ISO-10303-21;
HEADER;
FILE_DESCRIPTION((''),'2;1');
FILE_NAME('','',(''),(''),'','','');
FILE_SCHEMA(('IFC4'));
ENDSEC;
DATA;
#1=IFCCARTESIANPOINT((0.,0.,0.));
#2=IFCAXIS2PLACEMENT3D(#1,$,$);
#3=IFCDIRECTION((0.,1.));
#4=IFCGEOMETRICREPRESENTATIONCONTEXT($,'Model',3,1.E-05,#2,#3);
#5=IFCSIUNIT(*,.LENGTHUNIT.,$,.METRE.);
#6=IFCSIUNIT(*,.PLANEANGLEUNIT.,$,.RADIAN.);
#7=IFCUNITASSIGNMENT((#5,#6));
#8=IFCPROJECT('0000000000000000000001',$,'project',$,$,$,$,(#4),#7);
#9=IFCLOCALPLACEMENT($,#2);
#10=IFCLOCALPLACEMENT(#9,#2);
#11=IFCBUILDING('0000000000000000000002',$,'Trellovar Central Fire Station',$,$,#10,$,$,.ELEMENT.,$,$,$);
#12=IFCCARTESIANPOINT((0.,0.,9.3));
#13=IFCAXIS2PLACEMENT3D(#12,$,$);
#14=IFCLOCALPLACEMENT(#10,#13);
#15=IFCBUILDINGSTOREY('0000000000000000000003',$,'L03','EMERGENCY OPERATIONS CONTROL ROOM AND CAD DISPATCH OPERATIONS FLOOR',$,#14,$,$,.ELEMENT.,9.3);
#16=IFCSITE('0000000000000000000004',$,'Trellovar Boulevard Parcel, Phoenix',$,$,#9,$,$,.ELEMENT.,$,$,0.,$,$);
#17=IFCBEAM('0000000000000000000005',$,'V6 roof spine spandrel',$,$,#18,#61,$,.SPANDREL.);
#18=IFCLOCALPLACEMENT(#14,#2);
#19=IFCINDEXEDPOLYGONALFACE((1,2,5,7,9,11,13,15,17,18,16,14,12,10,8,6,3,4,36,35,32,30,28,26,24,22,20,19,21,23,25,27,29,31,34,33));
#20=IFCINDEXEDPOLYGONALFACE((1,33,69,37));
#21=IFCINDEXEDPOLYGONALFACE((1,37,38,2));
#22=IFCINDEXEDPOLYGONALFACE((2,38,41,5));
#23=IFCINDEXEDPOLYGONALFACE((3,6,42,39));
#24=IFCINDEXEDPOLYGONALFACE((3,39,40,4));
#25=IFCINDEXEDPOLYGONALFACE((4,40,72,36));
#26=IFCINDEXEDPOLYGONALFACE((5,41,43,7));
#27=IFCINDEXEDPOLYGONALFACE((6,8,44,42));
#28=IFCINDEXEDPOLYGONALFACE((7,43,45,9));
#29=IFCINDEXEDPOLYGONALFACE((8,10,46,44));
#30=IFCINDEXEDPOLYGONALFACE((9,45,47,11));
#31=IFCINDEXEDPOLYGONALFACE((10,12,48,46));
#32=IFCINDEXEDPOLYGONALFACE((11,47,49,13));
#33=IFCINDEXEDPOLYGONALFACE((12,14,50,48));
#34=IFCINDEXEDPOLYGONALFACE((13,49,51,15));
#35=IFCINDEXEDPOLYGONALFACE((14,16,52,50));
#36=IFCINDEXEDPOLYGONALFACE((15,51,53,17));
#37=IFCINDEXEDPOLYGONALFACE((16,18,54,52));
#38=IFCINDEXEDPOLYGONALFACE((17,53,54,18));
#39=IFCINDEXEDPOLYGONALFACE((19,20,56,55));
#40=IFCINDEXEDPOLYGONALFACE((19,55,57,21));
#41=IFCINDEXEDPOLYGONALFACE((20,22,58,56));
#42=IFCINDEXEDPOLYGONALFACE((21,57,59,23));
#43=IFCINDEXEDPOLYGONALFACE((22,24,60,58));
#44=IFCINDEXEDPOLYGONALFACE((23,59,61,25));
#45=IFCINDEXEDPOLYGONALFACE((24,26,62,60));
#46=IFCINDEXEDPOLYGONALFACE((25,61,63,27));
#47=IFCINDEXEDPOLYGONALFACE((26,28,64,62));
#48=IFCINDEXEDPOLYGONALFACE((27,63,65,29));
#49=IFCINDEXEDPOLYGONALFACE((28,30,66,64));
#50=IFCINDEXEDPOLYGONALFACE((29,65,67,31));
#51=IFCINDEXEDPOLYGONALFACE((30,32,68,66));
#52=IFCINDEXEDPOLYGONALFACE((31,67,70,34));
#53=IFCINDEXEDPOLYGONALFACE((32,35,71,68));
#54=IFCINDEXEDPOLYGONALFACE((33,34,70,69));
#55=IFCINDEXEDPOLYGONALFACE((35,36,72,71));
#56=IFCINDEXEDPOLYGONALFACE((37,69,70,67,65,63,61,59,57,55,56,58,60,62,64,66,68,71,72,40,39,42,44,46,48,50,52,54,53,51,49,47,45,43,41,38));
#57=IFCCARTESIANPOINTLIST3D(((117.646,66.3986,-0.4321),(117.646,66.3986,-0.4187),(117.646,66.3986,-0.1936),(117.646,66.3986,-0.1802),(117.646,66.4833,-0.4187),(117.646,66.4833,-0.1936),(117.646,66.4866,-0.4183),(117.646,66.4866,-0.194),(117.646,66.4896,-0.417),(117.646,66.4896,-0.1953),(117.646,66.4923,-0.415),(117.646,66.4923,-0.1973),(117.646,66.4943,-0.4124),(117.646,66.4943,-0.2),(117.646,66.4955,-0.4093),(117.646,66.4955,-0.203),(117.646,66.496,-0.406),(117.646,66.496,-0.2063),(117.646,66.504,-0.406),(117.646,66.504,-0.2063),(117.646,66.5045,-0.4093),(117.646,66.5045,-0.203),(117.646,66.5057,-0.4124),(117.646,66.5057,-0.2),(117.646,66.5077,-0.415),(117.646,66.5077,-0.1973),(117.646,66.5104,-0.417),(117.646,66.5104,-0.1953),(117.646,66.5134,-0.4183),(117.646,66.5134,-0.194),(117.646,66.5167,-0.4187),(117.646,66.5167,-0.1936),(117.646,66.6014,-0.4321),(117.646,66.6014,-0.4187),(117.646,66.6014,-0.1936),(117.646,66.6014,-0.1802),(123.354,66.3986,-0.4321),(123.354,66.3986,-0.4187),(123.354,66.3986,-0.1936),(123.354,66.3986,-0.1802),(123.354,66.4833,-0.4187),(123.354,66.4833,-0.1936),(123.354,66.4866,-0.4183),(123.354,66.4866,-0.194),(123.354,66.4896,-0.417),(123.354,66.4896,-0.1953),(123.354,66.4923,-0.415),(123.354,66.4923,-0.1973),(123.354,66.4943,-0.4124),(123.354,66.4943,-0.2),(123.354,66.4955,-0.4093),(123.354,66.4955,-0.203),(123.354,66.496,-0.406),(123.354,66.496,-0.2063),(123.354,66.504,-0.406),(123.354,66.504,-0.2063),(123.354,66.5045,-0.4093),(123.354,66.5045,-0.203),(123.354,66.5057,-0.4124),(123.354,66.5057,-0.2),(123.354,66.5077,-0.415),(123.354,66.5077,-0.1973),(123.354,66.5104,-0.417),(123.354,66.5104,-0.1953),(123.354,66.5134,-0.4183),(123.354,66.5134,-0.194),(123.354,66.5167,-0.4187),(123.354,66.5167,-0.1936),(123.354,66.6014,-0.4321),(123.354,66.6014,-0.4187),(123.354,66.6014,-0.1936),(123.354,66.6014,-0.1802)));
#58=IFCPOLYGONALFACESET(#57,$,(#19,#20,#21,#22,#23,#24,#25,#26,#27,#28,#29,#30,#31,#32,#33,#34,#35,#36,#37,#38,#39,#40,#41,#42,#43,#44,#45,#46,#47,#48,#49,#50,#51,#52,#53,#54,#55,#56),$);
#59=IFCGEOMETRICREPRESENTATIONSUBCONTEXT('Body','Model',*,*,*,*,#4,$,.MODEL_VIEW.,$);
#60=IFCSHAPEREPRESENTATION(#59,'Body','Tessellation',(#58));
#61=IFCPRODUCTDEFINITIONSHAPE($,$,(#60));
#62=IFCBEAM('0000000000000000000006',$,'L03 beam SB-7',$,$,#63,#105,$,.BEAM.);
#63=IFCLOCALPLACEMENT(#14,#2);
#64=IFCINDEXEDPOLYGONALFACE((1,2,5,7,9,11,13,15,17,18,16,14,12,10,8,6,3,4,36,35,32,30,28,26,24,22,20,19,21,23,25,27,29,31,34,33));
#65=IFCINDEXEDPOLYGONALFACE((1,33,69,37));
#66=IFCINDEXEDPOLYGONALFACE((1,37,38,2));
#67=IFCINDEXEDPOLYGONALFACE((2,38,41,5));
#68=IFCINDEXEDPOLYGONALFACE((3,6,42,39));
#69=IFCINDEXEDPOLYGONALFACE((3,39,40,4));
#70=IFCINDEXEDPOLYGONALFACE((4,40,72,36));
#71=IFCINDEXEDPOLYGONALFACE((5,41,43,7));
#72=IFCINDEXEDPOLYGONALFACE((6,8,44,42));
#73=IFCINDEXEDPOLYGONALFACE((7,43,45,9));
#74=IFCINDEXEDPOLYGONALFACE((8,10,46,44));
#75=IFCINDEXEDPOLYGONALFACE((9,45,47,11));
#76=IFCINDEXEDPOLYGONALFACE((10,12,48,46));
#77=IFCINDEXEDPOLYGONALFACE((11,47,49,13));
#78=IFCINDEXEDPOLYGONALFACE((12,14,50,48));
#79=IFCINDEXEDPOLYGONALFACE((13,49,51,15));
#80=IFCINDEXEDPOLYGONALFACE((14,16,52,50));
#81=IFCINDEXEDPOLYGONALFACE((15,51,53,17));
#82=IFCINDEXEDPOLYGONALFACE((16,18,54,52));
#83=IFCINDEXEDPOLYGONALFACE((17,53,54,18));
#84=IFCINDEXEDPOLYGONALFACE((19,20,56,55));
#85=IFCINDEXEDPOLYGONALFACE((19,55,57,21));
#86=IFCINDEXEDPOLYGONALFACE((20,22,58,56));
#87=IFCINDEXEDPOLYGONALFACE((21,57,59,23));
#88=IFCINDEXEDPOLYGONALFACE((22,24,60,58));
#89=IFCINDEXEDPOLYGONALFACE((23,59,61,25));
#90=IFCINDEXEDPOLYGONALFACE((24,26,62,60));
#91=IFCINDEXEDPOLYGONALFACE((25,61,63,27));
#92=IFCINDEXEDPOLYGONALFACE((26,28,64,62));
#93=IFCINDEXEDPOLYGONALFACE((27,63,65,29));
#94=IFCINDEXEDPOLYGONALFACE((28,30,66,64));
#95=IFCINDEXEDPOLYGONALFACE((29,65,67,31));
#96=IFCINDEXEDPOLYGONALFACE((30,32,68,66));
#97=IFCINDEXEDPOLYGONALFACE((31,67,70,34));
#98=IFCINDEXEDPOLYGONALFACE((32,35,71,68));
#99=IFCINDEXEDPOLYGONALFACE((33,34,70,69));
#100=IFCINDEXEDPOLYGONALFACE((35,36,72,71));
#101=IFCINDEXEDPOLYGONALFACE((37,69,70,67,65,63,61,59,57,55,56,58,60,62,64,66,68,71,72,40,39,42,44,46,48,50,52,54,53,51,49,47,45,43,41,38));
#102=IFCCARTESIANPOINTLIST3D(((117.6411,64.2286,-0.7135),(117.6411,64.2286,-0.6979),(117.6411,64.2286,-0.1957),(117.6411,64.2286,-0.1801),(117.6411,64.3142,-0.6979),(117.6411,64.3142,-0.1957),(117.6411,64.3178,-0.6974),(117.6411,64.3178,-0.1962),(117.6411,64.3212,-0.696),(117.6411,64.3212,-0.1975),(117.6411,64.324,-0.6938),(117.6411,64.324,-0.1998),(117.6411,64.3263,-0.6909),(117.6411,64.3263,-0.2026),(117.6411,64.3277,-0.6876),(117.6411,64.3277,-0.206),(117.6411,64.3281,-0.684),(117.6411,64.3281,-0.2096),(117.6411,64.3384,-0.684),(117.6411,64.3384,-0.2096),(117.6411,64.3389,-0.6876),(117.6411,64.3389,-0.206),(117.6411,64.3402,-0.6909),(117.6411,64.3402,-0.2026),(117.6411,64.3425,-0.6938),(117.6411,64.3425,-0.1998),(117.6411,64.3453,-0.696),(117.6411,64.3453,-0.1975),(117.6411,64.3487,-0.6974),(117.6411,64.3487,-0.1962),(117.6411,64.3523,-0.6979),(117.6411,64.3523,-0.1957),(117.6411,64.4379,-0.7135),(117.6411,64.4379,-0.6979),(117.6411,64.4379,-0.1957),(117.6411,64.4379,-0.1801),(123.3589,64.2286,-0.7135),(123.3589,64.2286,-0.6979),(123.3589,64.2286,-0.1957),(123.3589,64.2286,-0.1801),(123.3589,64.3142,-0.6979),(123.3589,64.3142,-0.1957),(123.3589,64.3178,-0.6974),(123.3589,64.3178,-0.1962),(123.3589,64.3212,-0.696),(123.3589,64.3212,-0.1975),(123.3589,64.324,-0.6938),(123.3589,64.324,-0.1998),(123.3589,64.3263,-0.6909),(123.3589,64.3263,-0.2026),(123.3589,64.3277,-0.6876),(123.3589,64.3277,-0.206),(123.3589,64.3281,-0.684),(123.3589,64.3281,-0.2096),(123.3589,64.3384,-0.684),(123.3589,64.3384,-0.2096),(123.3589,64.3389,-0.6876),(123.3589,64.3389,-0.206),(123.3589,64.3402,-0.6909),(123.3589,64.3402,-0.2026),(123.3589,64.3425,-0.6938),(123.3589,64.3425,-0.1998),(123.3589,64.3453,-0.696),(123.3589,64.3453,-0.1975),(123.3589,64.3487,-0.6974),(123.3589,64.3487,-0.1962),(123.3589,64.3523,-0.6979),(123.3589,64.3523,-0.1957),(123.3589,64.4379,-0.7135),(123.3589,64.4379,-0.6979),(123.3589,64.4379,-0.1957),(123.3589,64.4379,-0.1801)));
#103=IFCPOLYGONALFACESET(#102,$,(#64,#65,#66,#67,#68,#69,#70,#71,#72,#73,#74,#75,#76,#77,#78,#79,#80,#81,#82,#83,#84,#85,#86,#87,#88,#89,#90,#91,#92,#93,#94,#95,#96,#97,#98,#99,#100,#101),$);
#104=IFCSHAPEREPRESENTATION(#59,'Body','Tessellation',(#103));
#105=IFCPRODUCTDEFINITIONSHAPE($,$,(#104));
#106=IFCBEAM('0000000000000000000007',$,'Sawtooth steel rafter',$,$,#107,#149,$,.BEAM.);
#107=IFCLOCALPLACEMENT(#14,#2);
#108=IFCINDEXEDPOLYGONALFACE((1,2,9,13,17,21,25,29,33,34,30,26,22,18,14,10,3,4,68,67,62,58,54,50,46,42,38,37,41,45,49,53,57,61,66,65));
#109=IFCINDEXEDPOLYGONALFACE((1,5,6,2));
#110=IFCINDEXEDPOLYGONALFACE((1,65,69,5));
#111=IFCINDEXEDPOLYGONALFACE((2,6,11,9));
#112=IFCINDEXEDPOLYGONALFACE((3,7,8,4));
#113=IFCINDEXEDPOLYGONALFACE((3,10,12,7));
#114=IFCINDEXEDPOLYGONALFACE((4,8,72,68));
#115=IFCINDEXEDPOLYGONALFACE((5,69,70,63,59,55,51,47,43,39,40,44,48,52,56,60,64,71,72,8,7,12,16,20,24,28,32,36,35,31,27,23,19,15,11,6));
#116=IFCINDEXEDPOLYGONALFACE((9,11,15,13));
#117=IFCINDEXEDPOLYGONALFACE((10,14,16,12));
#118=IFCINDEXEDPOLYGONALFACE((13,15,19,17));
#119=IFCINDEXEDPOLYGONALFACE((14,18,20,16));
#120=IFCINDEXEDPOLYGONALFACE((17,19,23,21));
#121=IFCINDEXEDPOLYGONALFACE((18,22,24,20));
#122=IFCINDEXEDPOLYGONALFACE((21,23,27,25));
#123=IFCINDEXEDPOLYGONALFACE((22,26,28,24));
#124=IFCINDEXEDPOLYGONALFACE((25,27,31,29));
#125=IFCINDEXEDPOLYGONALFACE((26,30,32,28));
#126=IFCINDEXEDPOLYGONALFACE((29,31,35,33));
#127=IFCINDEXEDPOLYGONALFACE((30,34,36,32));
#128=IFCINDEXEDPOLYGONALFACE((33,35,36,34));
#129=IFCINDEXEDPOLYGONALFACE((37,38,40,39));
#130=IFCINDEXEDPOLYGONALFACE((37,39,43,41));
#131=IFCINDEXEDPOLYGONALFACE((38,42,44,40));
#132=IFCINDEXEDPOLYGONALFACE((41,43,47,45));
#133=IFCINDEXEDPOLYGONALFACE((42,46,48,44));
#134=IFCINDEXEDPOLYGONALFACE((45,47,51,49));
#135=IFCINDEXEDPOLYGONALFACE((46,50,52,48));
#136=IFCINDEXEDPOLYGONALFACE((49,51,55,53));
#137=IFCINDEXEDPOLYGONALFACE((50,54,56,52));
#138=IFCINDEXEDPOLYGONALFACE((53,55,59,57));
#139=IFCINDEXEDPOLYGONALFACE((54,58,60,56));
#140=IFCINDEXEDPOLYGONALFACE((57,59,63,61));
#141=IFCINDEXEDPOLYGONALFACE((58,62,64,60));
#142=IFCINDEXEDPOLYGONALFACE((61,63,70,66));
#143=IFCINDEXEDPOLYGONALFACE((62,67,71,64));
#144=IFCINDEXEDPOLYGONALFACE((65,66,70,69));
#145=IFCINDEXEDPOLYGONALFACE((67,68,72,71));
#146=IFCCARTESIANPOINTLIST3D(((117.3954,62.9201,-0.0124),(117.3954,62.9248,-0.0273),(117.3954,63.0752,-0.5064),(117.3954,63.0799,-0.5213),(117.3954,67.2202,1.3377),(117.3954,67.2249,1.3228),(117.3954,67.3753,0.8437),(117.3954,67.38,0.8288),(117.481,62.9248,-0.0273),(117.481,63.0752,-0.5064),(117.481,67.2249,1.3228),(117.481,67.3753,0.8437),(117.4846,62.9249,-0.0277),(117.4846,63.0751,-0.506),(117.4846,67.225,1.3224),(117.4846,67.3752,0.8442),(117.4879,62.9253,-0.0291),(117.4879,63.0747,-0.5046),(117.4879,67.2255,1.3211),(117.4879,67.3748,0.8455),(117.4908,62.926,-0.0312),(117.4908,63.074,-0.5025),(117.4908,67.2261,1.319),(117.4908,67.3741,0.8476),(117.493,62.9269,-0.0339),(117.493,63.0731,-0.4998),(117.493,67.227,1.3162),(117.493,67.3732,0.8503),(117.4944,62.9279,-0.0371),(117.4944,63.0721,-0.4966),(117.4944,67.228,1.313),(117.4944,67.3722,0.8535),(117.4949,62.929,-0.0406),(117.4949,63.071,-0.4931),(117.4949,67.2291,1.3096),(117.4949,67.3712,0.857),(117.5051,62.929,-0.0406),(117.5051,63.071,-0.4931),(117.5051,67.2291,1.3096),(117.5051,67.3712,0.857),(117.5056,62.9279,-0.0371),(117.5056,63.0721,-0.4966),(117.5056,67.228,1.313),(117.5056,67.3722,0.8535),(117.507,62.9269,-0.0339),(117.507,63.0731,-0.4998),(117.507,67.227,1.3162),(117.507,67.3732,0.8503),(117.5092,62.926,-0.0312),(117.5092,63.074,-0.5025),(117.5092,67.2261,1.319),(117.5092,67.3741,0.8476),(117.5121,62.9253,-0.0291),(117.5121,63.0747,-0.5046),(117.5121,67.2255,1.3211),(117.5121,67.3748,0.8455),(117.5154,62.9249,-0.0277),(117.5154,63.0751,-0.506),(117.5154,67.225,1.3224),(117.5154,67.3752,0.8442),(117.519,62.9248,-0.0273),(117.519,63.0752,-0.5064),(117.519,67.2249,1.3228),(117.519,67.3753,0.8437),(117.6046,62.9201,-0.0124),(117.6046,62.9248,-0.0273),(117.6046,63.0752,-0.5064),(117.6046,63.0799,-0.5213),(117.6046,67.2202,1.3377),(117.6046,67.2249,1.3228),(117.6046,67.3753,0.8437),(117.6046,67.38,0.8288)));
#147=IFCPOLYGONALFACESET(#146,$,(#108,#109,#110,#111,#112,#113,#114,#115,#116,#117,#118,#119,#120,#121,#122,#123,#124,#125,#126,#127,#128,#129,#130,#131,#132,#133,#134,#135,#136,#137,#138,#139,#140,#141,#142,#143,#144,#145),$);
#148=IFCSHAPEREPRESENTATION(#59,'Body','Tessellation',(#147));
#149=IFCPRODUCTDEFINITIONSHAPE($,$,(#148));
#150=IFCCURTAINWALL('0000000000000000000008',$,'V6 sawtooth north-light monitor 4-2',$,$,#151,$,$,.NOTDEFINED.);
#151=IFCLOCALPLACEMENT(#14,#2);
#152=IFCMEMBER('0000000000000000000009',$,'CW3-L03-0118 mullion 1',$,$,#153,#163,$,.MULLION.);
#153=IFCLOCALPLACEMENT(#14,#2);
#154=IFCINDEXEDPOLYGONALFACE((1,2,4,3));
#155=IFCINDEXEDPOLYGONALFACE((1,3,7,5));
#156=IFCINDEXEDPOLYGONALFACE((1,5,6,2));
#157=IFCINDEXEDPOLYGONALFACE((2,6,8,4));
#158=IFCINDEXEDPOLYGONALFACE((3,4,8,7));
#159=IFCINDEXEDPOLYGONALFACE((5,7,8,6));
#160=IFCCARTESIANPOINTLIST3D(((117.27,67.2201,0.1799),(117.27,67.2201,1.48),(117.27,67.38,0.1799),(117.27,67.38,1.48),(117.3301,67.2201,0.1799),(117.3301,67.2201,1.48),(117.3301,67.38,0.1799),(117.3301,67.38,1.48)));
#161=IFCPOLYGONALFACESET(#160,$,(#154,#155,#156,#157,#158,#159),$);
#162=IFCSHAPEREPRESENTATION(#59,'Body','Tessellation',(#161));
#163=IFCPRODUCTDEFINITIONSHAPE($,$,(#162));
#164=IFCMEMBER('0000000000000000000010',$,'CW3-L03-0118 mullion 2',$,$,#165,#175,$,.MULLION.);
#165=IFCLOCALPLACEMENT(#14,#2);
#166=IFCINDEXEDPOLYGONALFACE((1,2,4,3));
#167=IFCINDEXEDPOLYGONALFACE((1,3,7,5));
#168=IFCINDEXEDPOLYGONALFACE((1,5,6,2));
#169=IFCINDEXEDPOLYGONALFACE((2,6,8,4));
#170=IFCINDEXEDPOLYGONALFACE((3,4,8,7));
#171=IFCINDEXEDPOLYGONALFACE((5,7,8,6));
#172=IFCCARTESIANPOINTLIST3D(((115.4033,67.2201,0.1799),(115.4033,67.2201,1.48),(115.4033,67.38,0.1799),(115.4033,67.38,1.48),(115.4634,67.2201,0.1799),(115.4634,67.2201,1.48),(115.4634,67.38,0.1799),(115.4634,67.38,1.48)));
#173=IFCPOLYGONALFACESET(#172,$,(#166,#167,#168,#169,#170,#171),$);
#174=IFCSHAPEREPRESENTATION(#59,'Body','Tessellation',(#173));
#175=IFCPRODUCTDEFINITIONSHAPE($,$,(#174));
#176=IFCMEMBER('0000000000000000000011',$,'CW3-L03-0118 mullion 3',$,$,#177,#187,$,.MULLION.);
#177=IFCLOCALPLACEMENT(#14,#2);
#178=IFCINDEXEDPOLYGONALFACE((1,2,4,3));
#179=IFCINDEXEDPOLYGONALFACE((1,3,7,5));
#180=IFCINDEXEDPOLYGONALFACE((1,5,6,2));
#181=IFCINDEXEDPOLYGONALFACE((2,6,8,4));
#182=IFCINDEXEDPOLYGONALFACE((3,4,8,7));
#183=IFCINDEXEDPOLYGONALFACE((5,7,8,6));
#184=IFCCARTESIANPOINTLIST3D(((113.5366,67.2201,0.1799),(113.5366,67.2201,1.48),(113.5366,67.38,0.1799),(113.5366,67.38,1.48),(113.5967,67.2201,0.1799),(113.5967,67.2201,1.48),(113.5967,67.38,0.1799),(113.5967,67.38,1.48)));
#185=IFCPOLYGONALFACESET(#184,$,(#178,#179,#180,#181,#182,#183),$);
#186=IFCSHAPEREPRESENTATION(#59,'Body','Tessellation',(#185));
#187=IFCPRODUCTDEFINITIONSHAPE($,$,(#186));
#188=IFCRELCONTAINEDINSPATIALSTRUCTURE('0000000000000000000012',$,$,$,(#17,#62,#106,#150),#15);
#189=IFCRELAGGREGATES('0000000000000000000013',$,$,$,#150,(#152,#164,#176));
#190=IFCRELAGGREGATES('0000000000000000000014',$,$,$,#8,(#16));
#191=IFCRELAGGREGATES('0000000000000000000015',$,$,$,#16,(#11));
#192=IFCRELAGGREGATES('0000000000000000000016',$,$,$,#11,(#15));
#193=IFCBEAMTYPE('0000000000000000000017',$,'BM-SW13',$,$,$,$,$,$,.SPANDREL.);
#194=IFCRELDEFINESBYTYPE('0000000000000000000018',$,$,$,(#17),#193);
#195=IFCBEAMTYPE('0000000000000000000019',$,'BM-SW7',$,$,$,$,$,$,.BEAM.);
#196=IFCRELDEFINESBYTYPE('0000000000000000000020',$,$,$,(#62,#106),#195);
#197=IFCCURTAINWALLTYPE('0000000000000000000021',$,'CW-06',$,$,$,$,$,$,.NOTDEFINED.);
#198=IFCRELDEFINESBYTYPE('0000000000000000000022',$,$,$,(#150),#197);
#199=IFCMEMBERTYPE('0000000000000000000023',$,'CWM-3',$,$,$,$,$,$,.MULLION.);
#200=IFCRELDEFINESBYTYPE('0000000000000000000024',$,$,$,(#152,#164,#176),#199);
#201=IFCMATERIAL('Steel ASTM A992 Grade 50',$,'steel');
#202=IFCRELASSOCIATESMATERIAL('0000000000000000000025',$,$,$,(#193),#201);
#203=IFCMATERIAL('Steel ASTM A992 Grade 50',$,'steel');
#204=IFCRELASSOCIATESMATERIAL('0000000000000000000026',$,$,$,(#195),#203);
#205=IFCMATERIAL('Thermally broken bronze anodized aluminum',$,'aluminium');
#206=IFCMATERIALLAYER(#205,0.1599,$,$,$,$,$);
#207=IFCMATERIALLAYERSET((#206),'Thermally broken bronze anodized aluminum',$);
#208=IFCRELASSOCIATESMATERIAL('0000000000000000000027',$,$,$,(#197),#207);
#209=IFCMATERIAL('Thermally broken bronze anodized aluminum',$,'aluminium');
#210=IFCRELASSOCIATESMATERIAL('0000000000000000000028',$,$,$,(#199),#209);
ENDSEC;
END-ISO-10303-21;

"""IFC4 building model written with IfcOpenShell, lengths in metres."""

from ifc_helpers import new_model, si_unit, direction, frame, origin, origin_2d, place, context, subcontext, project, spatial, rectangle, i_section, extrude, material, layer, layer_set, material_profile, profile_set, type_object, element, aggregate, save


model = new_model("IFC4")

# Units and contexts
model_context = context("Model", 3, precision=1e-05, world=origin(), true_north=direction((0.0, 1.0)))
body_context = subcontext(model_context, "Body", "Model", "MODEL_VIEW")
ifc_project = project(units=[si_unit("LENGTHUNIT", "METRE"), si_unit("PLANEANGLEUNIT", "RADIAN")], contexts=[model_context])

# Site, building, storey
site_placement = place(None, origin())
site = spatial("IfcSite", under=ifc_project, at=site_placement, Name="Trellovar Boulevard Parcel, Phoenix", CompositionType="ELEMENT", RefElevation=0.0)
building_placement = place(site_placement, origin())
building = spatial("IfcBuilding", under=site, at=building_placement, Name="Trellovar Central Fire Station", CompositionType="ELEMENT")
storey_placement = place(building_placement, frame((0.0, 0.0, 9.3)))
storey = spatial("IfcBuildingStorey", under=building, at=storey_placement, Name="L03", Description="EMERGENCY OPERATIONS CONTROL ROOM AND CAD DISPATCH OPERATIONS FLOOR", CompositionType="ELEMENT", Elevation=9.3)

# Beams
ifc_material_1 = material(Name="Steel ASTM A992 Grade 50", Category="steel")
ifc_material_profile_1 = material_profile(ifc_material_1, i_section(OverallWidth=0.2029, OverallDepth=0.252, WebThickness=0.0081, FlangeThickness=0.0134, FilletRadius=0.0127, at=origin_2d()), Name="W10X39")
ifc_profile_set_1 = profile_set([ifc_material_profile_1], Name="Steel ASTM A992 Grade 50")
beam_type_1 = type_object("IfcBeamType", Name="BM-SW13", PredefinedType="SPANDREL", material=ifc_profile_set_1)
beam_1_placement = place(storey_placement, frame((117.646, 66.5, -0.3062), z_axis=(1.0, 0.0, 0.0), x_axis=(0.0, 1.0, 0.0)))
element("IfcBeam", 1, at=beam_1_placement, inside=storey, type_object=beam_type_1, Name="V6 roof spine spandrel", PredefinedType="SPANDREL", context=body_context, shape_type="SweptSolid", body=[
    extrude(i_section(OverallWidth=0.2029, OverallDepth=0.252, WebThickness=0.0081, FlangeThickness=0.0134, FilletRadius=0.0127, at=origin_2d()), origin(), (0.0, 0.0, 1.0), 5.708),
])
ifc_material_2 = material(Name="Steel ASTM A992 Grade 50", Category="steel")
ifc_material_profile_2 = material_profile(ifc_material_2, i_section(OverallWidth=0.2092, OverallDepth=0.5334, WebThickness=0.0103, FlangeThickness=0.0156, FilletRadius=0.0139, at=origin_2d()), Name="W21X62")
ifc_profile_set_2 = profile_set([ifc_material_profile_2], Name="Steel ASTM A992 Grade 50")
beam_type_2 = type_object("IfcBeamType", Name="BM-SW7", PredefinedType="BEAM", material=ifc_profile_set_2)
beam_2_placement = place(storey_placement, frame((117.6411, 64.3333, -0.4468), z_axis=(1.0, 0.0, 0.0), x_axis=(0.0, 1.0, 0.0)))
element("IfcBeam", 2, at=beam_2_placement, inside=storey, type_object=beam_type_2, Name="L03 beam SB-7", PredefinedType="BEAM", context=body_context, shape_type="SweptSolid", body=[
    extrude(i_section(OverallWidth=0.2092, OverallDepth=0.5334, WebThickness=0.0103, FlangeThickness=0.0156, FilletRadius=0.0139, at=origin_2d()), origin(), (0.0, 0.0, 1.0), 5.7178),
])
beam_3_placement = place(storey_placement, frame((117.5, 63.0, -0.2668), z_axis=(0.0, 0.954079, 0.299555), x_axis=(-1.0, 0.0, 0.0)))
element("IfcBeam", 3, at=beam_3_placement, inside=storey, type_object=beam_type_2, Name="Sawtooth steel rafter", PredefinedType="BEAM", context=body_context, shape_type="SweptSolid", body=[
    extrude(i_section(OverallWidth=0.2092, OverallDepth=0.5334, WebThickness=0.0103, FlangeThickness=0.0156, FilletRadius=0.0139, at=origin_2d()), origin(), (0.0, 0.0, 1.0), 4.5071),
])

# Curtain wall, members
ifc_material_3 = material(Name="Thermally broken bronze anodized aluminum", Category="aluminium")
ifc_layer_1 = layer(ifc_material_3, 0.1599)
ifc_layer_set_1 = layer_set([ifc_layer_1], Name="Thermally broken bronze anodized aluminum")
curtain_wall_type = type_object("IfcCurtainWallType", Name="CW-06", PredefinedType="NOTDEFINED", material=ifc_layer_set_1)
curtain_wall_1_placement = place(storey_placement, origin())
curtain_wall_1 = element("IfcCurtainWall", 4, at=curtain_wall_1_placement, inside=storey, type_object=curtain_wall_type, Name="V6 sawtooth north-light monitor 4-2", PredefinedType="NOTDEFINED")
ifc_material_4 = material(Name="Thermally broken bronze anodized aluminum", Category="aluminium")
ifc_material_profile_3 = material_profile(ifc_material_4, rectangle(XDim=0.0601, YDim=0.1599, at=origin_2d()), Name="ALU60X160")
ifc_profile_set_3 = profile_set([ifc_material_profile_3], Name="Thermally broken bronze anodized aluminum")
member_type_1 = type_object("IfcMemberType", Name="CWM-3", PredefinedType="MULLION", material=ifc_profile_set_3)
member_1_placement = place(storey_placement, frame((117.3, 67.3, 0.1799), z_axis=(0.0, 0.0, 1.0), x_axis=(1.0, 0.0, 0.0)))
member_1 = element("IfcMember", 5, at=member_1_placement, type_object=member_type_1, Name="CW3-L03-0118 mullion 1", PredefinedType="MULLION", context=body_context, shape_type="SweptSolid", body=[
    extrude(rectangle(XDim=0.0601, YDim=0.1599, at=origin_2d()), origin(), (0.0, 0.0, 1.0), 1.3),
])
member_2_placement = place(storey_placement, frame((115.4333, 67.3, 0.1799), z_axis=(0.0, 0.0, 1.0), x_axis=(1.0, 0.0, 0.0)))
member_2 = element("IfcMember", 6, at=member_2_placement, type_object=member_type_1, Name="CW3-L03-0118 mullion 2", PredefinedType="MULLION", context=body_context, shape_type="SweptSolid", body=[
    extrude(rectangle(XDim=0.0601, YDim=0.1599, at=origin_2d()), origin(), (0.0, 0.0, 1.0), 1.3),
])
member_3_placement = place(storey_placement, frame((113.5667, 67.3, 0.1799), z_axis=(0.0, 0.0, 1.0), x_axis=(1.0, 0.0, 0.0)))
member_3 = element("IfcMember", 7, at=member_3_placement, type_object=member_type_1, Name="CW3-L03-0118 mullion 3", PredefinedType="MULLION", context=body_context, shape_type="SweptSolid", body=[
    extrude(rectangle(XDim=0.0601, YDim=0.1599, at=origin_2d()), origin(), (0.0, 0.0, 1.0), 1.3),
])

aggregate(curtain_wall_1, [member_1, member_2, member_3])

save(model, "model.ifc")
